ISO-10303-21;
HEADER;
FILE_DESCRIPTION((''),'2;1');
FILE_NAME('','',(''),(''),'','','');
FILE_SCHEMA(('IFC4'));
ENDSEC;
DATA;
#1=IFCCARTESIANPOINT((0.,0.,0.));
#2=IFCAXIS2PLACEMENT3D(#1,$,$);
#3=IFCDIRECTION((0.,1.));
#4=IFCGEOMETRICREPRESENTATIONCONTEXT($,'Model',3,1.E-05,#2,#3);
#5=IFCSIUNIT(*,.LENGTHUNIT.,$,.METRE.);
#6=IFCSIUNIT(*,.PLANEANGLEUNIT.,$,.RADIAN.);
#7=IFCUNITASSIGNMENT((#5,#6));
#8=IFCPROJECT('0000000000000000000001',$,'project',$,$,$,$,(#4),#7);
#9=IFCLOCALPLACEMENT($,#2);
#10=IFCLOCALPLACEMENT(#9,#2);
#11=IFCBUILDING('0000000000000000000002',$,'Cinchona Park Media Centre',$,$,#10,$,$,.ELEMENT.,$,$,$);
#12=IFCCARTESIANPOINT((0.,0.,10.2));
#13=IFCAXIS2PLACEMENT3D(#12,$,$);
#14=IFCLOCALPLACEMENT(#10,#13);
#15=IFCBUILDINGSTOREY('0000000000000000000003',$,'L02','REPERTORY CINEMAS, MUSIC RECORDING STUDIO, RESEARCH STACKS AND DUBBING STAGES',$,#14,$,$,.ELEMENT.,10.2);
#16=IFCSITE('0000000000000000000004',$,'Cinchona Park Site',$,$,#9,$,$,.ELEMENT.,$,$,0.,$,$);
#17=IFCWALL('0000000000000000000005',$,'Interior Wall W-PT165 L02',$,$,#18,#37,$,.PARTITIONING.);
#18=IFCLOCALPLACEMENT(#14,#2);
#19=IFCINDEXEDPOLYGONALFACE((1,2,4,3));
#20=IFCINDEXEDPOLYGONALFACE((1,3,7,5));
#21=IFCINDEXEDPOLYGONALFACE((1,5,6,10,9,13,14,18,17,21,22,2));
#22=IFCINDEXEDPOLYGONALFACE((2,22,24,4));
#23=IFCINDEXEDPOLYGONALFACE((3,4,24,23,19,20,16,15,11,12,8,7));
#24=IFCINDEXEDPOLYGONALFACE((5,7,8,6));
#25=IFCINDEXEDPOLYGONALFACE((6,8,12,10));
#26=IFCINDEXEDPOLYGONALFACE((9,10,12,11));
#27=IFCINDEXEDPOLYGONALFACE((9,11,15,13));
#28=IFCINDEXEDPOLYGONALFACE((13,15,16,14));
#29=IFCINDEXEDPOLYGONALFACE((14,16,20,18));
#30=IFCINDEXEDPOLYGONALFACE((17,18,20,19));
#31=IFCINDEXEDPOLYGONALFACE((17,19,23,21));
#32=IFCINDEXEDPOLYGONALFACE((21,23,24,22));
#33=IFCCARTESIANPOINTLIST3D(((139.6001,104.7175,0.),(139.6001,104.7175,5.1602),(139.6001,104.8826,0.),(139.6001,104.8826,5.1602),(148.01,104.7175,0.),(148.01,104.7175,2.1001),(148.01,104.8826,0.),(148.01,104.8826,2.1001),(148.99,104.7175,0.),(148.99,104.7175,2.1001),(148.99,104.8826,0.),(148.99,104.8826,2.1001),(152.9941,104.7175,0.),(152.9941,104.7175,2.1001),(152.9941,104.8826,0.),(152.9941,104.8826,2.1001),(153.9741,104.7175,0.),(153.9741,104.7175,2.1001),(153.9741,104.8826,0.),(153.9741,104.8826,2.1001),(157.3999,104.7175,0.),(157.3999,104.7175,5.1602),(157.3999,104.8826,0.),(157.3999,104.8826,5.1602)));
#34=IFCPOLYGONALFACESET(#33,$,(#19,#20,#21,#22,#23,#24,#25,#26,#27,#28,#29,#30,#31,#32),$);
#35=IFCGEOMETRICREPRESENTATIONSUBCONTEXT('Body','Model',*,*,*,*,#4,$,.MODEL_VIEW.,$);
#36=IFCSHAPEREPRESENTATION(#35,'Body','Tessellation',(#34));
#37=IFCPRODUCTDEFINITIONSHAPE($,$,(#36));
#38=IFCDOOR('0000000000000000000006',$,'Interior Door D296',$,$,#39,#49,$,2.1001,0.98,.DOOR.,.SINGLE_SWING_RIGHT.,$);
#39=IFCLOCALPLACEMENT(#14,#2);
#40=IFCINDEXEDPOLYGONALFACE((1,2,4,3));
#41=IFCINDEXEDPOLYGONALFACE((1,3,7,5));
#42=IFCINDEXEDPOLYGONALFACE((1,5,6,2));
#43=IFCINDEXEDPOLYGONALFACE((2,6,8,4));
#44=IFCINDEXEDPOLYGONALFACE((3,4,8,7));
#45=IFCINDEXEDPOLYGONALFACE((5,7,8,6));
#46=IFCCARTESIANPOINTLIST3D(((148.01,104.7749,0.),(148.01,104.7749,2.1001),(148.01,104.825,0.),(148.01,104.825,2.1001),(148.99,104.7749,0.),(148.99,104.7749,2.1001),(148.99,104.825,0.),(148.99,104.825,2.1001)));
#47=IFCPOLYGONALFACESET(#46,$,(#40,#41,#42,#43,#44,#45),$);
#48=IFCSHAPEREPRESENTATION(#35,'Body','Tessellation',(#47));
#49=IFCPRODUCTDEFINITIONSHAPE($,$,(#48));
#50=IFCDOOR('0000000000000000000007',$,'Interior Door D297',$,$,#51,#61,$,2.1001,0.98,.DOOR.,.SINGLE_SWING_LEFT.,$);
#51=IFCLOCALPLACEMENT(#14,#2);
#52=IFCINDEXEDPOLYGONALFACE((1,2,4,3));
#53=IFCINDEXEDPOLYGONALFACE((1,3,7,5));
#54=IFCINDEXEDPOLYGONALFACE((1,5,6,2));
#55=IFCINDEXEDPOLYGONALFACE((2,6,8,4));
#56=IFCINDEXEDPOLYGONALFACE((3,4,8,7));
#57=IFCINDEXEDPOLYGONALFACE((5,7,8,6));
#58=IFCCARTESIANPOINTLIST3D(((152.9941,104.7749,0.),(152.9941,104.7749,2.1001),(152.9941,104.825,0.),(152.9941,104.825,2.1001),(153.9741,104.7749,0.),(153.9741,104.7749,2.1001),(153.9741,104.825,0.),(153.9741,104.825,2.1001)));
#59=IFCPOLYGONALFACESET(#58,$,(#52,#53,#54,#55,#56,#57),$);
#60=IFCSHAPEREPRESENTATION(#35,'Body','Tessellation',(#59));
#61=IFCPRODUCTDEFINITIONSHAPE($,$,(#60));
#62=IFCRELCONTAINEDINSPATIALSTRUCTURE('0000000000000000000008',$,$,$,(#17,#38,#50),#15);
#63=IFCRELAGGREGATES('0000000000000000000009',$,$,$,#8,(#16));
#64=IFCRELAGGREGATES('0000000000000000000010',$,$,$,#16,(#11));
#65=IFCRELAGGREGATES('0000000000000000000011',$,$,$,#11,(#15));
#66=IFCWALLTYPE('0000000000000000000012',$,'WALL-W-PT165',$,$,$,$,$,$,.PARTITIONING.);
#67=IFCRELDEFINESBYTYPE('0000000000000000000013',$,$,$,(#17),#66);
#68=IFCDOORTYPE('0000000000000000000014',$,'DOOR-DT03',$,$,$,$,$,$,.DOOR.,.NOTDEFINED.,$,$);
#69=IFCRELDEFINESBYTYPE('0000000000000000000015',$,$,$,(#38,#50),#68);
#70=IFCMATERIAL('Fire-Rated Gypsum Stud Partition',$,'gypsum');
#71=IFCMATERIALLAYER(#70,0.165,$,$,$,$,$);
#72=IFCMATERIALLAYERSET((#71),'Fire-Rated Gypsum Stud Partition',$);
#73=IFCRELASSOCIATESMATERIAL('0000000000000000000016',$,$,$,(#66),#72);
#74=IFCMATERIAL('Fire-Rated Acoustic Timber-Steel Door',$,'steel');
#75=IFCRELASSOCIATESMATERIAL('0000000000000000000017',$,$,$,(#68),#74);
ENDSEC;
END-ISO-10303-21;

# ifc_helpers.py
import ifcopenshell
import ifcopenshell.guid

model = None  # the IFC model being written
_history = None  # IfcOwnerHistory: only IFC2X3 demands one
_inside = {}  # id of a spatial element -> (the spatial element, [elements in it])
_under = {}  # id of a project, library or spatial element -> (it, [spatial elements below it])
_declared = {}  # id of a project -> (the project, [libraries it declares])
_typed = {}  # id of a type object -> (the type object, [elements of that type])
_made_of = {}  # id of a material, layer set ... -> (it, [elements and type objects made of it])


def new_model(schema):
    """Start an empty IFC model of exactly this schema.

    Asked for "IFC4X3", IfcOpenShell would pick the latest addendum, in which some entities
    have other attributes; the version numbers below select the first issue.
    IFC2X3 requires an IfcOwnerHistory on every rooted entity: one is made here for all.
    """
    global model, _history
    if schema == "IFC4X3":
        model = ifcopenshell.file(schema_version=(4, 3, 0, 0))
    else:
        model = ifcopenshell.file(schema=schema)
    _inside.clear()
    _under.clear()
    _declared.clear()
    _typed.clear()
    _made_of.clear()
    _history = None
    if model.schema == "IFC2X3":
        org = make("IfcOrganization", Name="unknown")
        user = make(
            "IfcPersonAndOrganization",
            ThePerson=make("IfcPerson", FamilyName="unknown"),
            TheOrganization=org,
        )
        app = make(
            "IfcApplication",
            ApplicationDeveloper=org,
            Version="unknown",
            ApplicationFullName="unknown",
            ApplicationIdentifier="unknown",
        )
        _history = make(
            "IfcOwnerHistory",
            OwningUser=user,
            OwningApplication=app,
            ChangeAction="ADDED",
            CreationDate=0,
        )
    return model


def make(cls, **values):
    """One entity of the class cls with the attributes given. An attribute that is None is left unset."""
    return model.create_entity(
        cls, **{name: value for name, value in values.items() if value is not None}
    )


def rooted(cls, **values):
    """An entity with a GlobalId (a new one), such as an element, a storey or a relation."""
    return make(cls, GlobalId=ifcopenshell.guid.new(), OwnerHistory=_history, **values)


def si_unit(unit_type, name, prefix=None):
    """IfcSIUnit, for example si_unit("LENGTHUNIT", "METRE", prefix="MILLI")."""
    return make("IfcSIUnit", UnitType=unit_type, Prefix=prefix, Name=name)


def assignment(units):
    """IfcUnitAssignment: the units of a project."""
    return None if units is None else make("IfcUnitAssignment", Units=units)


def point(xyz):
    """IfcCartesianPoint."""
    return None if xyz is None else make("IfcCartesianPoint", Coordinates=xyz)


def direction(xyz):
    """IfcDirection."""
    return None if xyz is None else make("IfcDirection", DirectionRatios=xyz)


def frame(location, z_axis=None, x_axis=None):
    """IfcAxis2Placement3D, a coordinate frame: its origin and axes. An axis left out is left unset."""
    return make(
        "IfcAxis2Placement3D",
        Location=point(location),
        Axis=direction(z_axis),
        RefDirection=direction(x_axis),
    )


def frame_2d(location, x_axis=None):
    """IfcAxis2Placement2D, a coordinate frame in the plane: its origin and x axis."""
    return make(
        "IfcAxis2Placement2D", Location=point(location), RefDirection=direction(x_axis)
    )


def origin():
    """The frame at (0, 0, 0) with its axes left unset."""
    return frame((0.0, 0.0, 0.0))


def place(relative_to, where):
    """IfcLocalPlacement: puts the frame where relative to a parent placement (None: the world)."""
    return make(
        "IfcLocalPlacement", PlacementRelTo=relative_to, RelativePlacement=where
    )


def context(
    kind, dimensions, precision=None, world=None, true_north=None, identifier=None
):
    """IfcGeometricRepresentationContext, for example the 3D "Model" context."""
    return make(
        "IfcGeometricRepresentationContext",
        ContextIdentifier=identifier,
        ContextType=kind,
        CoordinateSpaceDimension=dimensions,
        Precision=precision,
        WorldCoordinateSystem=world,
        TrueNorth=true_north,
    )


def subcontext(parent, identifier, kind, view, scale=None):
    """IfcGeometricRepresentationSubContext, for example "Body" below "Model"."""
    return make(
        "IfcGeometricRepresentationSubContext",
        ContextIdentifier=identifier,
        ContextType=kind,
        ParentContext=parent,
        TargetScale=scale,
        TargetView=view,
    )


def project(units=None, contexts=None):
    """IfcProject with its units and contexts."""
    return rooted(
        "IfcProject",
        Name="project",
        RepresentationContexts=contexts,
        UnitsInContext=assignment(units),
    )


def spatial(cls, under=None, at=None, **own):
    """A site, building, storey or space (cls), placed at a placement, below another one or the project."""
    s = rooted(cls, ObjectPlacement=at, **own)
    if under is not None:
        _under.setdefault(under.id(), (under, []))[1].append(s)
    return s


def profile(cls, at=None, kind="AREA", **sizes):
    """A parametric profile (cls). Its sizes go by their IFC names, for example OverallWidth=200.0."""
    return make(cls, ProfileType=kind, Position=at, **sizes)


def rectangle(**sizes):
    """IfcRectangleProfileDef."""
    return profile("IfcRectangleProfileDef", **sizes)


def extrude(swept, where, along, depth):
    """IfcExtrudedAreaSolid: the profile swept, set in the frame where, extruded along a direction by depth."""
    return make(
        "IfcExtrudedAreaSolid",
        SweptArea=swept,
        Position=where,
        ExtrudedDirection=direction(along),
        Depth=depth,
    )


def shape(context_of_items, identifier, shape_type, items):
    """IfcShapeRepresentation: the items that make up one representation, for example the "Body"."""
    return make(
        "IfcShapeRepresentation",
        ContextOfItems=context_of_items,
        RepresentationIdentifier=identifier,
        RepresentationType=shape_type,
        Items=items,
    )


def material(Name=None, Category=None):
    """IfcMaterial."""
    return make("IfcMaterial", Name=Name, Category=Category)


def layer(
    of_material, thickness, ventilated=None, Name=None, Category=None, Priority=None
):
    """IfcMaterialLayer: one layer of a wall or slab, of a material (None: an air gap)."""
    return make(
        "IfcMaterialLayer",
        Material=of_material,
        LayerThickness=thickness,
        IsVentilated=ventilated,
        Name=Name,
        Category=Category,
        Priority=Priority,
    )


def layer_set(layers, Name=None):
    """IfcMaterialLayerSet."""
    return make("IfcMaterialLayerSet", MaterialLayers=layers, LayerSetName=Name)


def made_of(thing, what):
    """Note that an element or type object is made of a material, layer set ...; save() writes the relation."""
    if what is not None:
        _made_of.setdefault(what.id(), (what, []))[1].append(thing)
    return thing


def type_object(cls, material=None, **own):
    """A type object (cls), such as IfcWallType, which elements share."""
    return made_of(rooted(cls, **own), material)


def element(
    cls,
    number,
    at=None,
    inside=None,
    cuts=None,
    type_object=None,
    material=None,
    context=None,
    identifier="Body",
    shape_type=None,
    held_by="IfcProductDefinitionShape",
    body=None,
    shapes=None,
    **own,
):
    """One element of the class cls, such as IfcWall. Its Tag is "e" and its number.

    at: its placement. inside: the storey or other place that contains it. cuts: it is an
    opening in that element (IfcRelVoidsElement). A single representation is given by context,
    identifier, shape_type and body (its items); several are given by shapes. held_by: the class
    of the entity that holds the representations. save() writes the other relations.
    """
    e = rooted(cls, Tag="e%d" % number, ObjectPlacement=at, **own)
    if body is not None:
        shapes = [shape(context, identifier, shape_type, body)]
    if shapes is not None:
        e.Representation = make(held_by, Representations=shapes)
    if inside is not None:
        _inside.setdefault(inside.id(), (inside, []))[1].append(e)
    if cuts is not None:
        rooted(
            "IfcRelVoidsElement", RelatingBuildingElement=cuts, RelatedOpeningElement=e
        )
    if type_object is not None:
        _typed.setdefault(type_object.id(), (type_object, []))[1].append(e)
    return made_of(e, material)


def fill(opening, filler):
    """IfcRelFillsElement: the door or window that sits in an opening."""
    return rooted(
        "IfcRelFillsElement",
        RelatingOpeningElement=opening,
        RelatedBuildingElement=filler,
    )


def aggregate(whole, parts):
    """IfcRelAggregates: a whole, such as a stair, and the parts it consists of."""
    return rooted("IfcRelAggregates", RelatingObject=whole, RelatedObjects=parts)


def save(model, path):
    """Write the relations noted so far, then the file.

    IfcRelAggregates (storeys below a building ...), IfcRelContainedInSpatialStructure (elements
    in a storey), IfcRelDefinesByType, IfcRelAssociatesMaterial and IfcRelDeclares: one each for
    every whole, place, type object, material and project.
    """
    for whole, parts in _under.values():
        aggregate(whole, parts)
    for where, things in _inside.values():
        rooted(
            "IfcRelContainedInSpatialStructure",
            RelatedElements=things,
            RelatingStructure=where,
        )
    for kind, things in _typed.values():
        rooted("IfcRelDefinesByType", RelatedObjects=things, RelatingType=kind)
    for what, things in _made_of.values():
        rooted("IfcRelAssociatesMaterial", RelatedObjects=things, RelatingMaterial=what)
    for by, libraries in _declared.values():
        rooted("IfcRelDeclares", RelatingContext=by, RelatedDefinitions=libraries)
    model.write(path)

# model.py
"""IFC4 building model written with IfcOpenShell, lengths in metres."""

from ifc_helpers import new_model, si_unit, direction, frame, frame_2d, origin, place, context, subcontext, project, spatial, rectangle, extrude, material, layer, layer_set, type_object, element, fill, save


model = new_model("IFC4")

# Units and contexts
model_context = context("Model", 3, precision=1e-05, world=origin(), true_north=direction((0.0, 1.0)))
body_context = subcontext(model_context, "Body", "Model", "MODEL_VIEW")
ifc_project = project(units=[si_unit("LENGTHUNIT", "METRE"), si_unit("PLANEANGLEUNIT", "RADIAN")], contexts=[model_context])

# Site, building, storey
site_placement = place(None, origin())
site = spatial("IfcSite", under=ifc_project, at=site_placement, Name="Cinchona Park Site", CompositionType="ELEMENT", RefElevation=0.0)
building_placement = place(site_placement, origin())
building = spatial("IfcBuilding", under=site, at=building_placement, Name="Cinchona Park Media Centre", CompositionType="ELEMENT")
storey_placement = place(building_placement, frame((0.0, 0.0, 10.2)))
storey = spatial("IfcBuildingStorey", under=building, at=storey_placement, Name="L02", Description="REPERTORY CINEMAS, MUSIC RECORDING STUDIO, RESEARCH STACKS AND DUBBING STAGES", CompositionType="ELEMENT", Elevation=10.2)

# Wall, openings, doors
ifc_material_1 = material(Name="Fire-Rated Gypsum Stud Partition", Category="gypsum")
ifc_layer_1 = layer(ifc_material_1, 0.165)
ifc_layer_set_1 = layer_set([ifc_layer_1], Name="Fire-Rated Gypsum Stud Partition")
wall_type_1 = type_object("IfcWallType", Name="WALL-W-PT165", PredefinedType="PARTITIONING", material=ifc_layer_set_1)
wall_1_placement = place(storey_placement, frame((139.6001, 104.8, 0.0), z_axis=(0.0, 0.0, 1.0), x_axis=(1.0, 0.0, 0.0)))
wall_1 = element("IfcWall", 1, at=wall_1_placement, inside=storey, type_object=wall_type_1, Name="Interior Wall W-PT165 L02", PredefinedType="PARTITIONING", context=body_context, shape_type="SweptSolid", body=[
    extrude(rectangle(XDim=17.7998, YDim=0.165, at=frame_2d((8.8999, 0.0))), origin(), (0.0, 0.0, 1.0), 5.1602),
])
opening_1_placement = place(wall_1_placement, frame((8.4099, 0.0, 0.0)))
opening_1 = element("IfcOpeningElement", 2, at=opening_1_placement, cuts=wall_1, PredefinedType="OPENING", context=body_context, shape_type="SweptSolid", body=[
    extrude(rectangle(XDim=0.98, YDim=2.1001, at=frame_2d((0.49, 1.05))), frame((0.0, 0.0925, 0.0), z_axis=(0.0, -1.0, 0.0), x_axis=(1.0, 0.0, 0.0)), (0.0, 0.0, 1.0), 0.1851),
])
opening_2_placement = place(wall_1_placement, frame((13.394, 0.0, 0.0)))
opening_2 = element("IfcOpeningElement", 3, at=opening_2_placement, cuts=wall_1, PredefinedType="OPENING", context=body_context, shape_type="SweptSolid", body=[
    extrude(rectangle(XDim=0.98, YDim=2.1001, at=frame_2d((0.49, 1.05))), frame((0.0, 0.0925, 0.0), z_axis=(0.0, -1.0, 0.0), x_axis=(1.0, 0.0, 0.0)), (0.0, 0.0, 1.0), 0.1851),
])
ifc_material_2 = material(Name="Fire-Rated Acoustic Timber-Steel Door", Category="steel")
door_type = type_object("IfcDoorType", Name="DOOR-DT03", OperationType="NOTDEFINED", PredefinedType="DOOR", material=ifc_material_2)
door_1_placement = place(opening_1_placement, origin())
door_1 = element("IfcDoor", 4, at=door_1_placement, inside=storey, type_object=door_type, Name="Interior Door D296", OperationType="SINGLE_SWING_RIGHT", OverallHeight=2.1001, OverallWidth=0.98, PredefinedType="DOOR", context=body_context, shape_type="SweptSolid", body=[
    extrude(rectangle(XDim=0.98, YDim=2.1001, at=frame_2d((0.49, 1.05))), frame((0.0, 0.0249, 0.0), z_axis=(0.0, -1.0, 0.0), x_axis=(1.0, 0.0, 0.0)), (0.0, 0.0, 1.0), 0.05),
])
fill(opening_1, door_1)
door_2_placement = place(opening_2_placement, origin())
door_2 = element("IfcDoor", 5, at=door_2_placement, inside=storey, type_object=door_type, Name="Interior Door D297", OperationType="SINGLE_SWING_LEFT", OverallHeight=2.1001, OverallWidth=0.98, PredefinedType="DOOR", context=body_context, shape_type="SweptSolid", body=[
    extrude(rectangle(XDim=0.98, YDim=2.1001, at=frame_2d((0.49, 1.05))), frame((0.0, 0.0249, 0.0), z_axis=(0.0, -1.0, 0.0), x_axis=(1.0, 0.0, 0.0)), (0.0, 0.0, 1.0), 0.05),
])
fill(opening_2, door_2)

save(model, "model.ifc")
